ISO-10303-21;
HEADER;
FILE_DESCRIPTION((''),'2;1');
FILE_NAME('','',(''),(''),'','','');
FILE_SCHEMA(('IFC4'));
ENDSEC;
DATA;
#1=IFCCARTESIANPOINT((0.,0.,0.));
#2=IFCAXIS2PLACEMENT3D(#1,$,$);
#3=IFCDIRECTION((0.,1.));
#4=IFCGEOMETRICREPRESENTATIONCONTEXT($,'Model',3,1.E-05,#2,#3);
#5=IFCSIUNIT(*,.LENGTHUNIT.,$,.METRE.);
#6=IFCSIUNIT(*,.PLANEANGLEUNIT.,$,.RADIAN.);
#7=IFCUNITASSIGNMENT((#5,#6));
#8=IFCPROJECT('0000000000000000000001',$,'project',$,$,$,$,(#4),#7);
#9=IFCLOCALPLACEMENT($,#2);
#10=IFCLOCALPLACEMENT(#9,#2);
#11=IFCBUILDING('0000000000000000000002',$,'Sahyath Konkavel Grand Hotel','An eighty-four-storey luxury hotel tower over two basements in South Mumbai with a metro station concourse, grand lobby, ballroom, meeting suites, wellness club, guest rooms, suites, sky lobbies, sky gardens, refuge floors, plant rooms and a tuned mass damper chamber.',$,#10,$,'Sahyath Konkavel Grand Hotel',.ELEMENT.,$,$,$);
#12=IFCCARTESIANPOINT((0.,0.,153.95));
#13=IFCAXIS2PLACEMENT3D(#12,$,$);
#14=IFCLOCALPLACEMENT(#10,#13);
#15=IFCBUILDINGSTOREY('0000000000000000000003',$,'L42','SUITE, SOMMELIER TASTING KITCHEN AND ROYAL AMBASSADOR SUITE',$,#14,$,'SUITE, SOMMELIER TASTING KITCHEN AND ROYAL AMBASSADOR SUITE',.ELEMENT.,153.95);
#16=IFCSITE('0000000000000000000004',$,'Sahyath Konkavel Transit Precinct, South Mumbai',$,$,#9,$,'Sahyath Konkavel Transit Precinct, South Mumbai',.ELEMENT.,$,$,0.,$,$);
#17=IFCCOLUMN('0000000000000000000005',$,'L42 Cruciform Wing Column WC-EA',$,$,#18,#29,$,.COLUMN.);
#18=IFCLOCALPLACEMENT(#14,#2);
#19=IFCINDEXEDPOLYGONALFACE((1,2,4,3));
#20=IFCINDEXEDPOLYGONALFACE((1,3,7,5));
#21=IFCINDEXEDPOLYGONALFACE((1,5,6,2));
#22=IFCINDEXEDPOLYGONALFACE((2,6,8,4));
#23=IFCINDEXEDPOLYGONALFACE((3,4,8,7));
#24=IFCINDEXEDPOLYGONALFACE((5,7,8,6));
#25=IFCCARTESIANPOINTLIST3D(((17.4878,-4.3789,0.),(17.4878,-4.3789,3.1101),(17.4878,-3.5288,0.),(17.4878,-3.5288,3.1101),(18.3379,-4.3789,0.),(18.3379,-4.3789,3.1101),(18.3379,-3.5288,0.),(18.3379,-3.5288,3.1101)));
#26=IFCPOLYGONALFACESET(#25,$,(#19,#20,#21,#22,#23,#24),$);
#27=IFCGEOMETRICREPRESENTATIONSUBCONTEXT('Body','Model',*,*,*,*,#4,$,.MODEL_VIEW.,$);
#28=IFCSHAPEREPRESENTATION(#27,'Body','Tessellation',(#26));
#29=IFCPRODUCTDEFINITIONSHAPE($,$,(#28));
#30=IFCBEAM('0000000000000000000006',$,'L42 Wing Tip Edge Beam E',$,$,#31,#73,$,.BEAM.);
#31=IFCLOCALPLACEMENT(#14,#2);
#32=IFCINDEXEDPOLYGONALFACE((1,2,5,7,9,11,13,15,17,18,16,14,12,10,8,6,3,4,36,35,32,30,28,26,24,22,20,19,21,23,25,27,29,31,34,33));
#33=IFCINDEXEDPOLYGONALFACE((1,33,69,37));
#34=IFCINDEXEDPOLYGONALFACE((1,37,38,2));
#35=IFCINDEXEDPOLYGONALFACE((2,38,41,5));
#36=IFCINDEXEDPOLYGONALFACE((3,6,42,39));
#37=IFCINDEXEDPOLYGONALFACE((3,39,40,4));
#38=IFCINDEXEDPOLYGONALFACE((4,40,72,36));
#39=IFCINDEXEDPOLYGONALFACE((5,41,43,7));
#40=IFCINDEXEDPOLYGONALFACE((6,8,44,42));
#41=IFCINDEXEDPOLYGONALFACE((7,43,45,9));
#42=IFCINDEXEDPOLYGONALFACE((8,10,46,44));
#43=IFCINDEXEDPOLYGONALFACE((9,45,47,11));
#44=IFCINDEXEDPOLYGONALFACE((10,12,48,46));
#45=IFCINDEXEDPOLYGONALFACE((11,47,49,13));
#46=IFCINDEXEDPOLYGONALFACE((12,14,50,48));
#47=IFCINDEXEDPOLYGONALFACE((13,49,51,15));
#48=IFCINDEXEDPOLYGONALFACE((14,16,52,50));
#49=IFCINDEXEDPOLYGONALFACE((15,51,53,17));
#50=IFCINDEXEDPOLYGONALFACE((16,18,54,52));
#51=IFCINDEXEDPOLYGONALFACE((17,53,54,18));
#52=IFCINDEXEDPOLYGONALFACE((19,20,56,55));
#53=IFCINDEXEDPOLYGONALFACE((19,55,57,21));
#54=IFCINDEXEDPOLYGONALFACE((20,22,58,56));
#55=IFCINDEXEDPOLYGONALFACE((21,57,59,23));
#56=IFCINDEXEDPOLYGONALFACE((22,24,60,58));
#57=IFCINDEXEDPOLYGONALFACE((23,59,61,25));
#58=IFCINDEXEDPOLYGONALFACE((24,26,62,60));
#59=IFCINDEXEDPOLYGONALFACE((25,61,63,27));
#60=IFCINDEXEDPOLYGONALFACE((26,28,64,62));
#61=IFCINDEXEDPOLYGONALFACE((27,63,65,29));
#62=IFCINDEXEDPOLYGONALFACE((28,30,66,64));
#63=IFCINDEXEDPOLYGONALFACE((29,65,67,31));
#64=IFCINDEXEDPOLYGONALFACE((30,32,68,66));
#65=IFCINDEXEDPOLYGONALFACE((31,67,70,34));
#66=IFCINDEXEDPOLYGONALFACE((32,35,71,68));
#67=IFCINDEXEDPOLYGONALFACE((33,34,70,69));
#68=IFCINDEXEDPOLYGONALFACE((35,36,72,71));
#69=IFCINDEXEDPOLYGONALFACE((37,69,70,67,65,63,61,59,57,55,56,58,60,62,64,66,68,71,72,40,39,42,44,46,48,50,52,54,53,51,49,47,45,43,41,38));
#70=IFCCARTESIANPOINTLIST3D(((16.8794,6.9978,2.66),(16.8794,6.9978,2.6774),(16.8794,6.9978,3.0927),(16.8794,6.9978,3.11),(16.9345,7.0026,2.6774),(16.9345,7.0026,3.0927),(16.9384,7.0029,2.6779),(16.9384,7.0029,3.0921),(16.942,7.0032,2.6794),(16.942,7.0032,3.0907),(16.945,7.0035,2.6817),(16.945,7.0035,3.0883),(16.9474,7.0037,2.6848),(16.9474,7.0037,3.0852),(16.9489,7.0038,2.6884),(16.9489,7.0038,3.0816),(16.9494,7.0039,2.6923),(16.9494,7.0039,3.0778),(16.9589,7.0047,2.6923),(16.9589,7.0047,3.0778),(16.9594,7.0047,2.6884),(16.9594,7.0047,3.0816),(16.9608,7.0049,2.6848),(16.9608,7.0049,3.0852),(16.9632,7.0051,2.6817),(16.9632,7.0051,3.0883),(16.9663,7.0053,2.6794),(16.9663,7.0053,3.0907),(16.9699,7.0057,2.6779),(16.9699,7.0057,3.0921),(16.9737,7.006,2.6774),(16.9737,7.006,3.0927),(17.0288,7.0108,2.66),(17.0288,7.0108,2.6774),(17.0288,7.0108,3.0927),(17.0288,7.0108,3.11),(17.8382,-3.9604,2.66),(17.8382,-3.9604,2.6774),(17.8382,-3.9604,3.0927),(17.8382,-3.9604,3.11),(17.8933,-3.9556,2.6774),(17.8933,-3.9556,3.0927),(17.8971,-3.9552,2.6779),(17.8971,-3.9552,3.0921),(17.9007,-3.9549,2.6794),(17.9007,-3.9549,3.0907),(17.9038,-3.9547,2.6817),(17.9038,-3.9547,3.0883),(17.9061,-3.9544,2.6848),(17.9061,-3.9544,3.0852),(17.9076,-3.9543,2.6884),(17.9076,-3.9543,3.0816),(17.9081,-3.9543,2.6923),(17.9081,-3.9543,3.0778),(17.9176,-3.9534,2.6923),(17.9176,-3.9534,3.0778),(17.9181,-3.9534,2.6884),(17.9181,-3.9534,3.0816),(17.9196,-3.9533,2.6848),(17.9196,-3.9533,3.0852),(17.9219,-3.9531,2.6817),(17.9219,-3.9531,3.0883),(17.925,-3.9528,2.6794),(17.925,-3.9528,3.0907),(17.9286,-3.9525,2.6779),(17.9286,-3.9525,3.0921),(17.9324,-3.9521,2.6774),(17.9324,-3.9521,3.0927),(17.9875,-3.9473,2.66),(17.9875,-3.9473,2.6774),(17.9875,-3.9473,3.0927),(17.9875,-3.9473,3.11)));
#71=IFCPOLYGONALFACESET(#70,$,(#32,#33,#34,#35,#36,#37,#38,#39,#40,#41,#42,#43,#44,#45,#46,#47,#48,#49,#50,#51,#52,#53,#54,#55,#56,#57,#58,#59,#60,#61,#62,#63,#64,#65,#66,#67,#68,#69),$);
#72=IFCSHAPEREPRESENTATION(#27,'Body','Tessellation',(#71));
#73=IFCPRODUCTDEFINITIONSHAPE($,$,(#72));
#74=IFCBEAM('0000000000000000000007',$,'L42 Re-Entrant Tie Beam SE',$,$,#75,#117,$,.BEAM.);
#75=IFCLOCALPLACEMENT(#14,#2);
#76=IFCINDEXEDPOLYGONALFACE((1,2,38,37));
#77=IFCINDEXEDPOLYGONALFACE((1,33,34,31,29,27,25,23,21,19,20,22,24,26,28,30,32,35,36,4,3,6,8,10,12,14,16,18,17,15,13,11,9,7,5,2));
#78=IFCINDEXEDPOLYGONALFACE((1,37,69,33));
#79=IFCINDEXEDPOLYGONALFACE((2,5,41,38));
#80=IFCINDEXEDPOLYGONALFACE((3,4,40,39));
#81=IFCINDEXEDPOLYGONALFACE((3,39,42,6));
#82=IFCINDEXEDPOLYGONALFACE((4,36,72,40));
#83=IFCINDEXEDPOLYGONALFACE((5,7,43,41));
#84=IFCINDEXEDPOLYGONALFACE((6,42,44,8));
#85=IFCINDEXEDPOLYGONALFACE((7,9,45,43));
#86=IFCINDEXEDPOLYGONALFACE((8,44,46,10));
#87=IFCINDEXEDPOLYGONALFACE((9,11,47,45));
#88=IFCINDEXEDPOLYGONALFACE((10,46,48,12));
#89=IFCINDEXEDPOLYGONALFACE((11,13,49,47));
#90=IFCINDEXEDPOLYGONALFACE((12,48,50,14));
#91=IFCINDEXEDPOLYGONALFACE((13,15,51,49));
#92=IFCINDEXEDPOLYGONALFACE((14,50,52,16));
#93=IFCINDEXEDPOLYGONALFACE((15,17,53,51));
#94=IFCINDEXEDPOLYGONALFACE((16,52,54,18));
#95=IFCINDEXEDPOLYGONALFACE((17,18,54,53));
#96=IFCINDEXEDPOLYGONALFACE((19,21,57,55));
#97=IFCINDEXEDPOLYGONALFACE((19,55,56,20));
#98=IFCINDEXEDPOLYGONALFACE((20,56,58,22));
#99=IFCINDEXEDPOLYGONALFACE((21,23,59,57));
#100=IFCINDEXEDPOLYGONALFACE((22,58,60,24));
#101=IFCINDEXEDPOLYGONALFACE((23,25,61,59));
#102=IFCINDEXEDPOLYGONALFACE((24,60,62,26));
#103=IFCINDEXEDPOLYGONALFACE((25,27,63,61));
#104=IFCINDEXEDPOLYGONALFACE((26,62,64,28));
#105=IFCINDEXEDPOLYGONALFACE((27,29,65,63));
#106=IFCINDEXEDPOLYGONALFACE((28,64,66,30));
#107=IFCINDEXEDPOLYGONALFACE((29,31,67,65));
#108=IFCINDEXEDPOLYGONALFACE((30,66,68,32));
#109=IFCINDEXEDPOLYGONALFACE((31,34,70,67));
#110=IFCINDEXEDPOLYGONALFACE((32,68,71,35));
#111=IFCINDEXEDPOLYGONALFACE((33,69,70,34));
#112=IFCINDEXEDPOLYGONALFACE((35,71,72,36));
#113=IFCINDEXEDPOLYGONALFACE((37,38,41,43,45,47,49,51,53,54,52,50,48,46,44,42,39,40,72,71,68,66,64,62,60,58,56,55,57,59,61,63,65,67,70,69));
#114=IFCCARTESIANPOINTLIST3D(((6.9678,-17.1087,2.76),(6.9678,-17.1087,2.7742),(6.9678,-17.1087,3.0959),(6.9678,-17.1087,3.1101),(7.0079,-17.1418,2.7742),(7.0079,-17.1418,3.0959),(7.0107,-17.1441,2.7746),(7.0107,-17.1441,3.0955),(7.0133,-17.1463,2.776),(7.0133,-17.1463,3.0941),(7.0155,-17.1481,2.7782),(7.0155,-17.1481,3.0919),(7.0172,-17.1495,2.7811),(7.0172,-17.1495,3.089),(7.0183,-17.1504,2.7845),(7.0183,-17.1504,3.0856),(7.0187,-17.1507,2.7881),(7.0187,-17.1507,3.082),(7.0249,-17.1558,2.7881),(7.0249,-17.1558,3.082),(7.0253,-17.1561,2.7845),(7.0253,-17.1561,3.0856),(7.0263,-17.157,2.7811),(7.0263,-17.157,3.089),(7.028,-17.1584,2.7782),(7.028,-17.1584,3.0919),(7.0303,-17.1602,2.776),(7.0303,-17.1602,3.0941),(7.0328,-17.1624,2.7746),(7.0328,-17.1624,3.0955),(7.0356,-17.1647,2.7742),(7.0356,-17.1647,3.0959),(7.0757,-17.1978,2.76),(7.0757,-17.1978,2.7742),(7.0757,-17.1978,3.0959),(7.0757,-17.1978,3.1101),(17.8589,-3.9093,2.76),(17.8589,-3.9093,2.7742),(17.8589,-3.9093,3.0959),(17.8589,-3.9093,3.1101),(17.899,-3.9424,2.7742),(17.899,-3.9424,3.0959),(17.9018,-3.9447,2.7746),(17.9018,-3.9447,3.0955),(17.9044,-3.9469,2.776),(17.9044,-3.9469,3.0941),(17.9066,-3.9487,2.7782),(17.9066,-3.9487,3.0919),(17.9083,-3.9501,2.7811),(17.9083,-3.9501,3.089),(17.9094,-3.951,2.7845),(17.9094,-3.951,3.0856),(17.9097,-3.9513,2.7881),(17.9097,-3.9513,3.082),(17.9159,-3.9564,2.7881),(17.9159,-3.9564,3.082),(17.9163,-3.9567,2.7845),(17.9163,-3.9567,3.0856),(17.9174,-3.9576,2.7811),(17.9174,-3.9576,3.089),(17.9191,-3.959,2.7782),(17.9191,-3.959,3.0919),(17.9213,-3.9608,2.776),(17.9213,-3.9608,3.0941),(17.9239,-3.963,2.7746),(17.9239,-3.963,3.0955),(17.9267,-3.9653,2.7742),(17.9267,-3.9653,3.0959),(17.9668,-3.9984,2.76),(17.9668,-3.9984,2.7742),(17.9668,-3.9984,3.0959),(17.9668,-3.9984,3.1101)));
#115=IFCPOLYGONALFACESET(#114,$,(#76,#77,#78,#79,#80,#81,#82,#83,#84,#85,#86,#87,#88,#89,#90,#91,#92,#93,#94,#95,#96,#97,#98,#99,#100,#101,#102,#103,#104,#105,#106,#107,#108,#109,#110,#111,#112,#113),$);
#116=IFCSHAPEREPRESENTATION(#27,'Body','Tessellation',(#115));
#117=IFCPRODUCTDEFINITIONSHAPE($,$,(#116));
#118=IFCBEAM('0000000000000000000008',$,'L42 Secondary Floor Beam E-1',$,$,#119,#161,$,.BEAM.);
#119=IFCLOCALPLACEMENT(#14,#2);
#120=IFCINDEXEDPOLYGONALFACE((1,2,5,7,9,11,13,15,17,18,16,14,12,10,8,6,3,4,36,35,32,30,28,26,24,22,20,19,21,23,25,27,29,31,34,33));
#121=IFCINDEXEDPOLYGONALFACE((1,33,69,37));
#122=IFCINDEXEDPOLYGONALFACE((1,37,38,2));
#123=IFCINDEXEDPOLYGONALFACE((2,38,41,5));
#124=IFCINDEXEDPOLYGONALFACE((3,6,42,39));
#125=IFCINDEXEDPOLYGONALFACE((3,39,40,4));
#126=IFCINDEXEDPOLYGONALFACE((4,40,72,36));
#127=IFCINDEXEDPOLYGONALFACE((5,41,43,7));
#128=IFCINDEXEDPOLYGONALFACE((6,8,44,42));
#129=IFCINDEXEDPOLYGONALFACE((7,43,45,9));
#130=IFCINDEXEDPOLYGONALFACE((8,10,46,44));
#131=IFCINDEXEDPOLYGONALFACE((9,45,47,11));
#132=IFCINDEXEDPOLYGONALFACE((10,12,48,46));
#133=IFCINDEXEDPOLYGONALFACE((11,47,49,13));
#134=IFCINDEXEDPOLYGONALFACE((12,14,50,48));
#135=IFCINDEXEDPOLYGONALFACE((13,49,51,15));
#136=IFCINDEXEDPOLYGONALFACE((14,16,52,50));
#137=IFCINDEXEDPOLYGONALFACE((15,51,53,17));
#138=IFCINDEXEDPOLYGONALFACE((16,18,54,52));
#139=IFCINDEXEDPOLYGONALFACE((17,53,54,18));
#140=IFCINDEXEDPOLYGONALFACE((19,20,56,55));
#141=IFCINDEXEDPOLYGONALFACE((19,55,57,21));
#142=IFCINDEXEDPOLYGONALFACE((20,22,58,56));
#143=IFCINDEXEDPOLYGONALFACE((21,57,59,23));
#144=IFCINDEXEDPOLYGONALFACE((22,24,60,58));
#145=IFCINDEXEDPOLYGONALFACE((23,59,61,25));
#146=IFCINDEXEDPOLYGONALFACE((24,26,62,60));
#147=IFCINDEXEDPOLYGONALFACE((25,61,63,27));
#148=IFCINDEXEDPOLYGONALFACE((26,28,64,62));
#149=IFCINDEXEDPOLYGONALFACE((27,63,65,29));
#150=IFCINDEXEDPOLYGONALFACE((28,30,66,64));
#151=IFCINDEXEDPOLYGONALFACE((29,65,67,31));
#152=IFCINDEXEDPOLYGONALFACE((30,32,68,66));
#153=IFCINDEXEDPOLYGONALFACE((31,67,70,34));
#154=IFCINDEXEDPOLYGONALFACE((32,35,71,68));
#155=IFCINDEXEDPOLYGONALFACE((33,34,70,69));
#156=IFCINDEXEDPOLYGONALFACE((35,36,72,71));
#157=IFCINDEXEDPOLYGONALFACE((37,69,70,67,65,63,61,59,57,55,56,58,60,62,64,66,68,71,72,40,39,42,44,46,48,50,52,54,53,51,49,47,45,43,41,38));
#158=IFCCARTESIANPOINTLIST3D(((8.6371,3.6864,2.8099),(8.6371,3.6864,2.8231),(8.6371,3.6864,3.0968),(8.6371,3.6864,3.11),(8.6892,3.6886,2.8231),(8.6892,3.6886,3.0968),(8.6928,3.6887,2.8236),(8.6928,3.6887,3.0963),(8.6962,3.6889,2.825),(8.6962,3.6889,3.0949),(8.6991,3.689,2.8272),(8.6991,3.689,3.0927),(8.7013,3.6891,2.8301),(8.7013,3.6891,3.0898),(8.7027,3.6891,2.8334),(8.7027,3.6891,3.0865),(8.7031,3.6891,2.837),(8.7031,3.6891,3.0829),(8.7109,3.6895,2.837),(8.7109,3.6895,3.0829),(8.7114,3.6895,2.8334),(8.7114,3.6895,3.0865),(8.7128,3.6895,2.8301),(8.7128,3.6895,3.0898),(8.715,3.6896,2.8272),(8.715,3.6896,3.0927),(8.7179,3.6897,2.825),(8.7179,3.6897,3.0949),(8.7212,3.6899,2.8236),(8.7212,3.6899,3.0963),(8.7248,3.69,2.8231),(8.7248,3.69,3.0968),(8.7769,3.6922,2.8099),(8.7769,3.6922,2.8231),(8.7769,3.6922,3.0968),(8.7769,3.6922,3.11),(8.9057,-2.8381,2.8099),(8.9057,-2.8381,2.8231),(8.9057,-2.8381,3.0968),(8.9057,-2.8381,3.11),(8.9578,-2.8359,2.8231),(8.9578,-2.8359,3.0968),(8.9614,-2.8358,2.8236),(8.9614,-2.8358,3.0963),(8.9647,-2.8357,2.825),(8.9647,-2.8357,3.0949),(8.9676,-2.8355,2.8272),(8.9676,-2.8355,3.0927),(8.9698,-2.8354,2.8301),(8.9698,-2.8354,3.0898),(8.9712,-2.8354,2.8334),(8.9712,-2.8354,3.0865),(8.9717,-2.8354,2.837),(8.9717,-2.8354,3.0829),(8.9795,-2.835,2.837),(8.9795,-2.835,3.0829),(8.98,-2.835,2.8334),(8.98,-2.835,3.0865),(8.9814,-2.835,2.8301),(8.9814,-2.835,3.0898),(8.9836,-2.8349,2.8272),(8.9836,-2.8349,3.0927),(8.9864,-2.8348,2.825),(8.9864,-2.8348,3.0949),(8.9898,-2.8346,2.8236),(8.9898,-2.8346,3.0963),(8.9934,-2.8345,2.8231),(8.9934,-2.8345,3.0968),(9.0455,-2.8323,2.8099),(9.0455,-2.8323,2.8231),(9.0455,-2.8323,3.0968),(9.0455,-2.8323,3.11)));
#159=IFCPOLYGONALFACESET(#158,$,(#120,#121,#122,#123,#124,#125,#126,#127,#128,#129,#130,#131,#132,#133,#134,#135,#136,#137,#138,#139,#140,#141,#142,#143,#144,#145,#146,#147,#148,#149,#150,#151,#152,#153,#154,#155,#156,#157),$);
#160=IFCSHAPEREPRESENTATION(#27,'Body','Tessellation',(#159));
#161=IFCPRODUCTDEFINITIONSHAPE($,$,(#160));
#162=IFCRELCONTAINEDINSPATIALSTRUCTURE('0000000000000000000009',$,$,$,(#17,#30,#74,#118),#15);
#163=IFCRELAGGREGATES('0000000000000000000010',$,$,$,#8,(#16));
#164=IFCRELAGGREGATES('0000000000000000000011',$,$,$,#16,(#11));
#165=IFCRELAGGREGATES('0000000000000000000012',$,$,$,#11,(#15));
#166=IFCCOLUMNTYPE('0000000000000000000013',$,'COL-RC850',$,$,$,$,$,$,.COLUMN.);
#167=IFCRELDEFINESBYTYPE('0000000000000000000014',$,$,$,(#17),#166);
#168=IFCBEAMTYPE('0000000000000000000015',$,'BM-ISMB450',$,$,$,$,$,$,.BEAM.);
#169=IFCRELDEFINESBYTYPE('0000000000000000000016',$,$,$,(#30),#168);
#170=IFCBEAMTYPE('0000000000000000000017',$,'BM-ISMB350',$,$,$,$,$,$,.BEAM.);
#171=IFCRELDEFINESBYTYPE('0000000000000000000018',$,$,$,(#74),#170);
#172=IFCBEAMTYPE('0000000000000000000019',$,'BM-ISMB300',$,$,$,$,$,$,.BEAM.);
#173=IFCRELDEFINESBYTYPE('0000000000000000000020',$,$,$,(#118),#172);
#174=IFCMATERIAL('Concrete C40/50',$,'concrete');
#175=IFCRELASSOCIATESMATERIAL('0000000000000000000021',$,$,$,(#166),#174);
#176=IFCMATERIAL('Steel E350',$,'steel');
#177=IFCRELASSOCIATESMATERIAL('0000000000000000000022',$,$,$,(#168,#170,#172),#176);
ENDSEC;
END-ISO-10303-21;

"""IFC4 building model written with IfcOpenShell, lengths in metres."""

from ifc_helpers import new_model, si_unit, direction, frame, origin, origin_2d, place, context, subcontext, project, spatial, rectangle, i_section, extrude, source, transform, mapped, material, material_profile, profile_set, type_object, element, save


model = new_model("IFC4")

# Units and contexts
model_context = context("Model", 3, precision=1e-05, world=origin(), true_north=direction((0.0, 1.0)))
body_context = subcontext(model_context, "Body", "Model", "MODEL_VIEW")
ifc_project = project(units=[si_unit("LENGTHUNIT", "METRE"), si_unit("PLANEANGLEUNIT", "RADIAN")], contexts=[model_context])

# Site, building, storey
site_placement = place(None, origin())
site = spatial("IfcSite", under=ifc_project, at=site_placement, Name="Sahyath Konkavel Transit Precinct, South Mumbai", LongName="Sahyath Konkavel Transit Precinct, South Mumbai", CompositionType="ELEMENT", RefElevation=0.0)
building_placement = place(site_placement, origin())
building = spatial("IfcBuilding", under=site, at=building_placement, Name="Sahyath Konkavel Grand Hotel", Description="An eighty-four-storey luxury hotel tower over two basements in South Mumbai with a metro station concourse, grand lobby, ballroom, meeting suites, wellness club, guest rooms, suites, sky lobbies, sky gardens, refuge floors, plant rooms and a tuned mass damper chamber.", LongName="Sahyath Konkavel Grand Hotel", CompositionType="ELEMENT")
storey_placement = place(building_placement, frame((0.0, 0.0, 153.95)))
storey = spatial("IfcBuildingStorey", under=building, at=storey_placement, Name="L42", Description="SUITE, SOMMELIER TASTING KITCHEN AND ROYAL AMBASSADOR SUITE", LongName="SUITE, SOMMELIER TASTING KITCHEN AND ROYAL AMBASSADOR SUITE", CompositionType="ELEMENT", Elevation=153.95)

# Column
ifc_material_1 = material(Name="Concrete C40/50", Category="concrete")
ifc_material_profile_1 = material_profile(ifc_material_1, rectangle(XDim=0.8501, YDim=0.8501, at=origin_2d()), Name="RC 850x850")
ifc_profile_set_1 = profile_set([ifc_material_profile_1], Name="Concrete C40/50")
column_type = type_object("IfcColumnType", Name="COL-RC850", PredefinedType="COLUMN", material=ifc_profile_set_1)
shared_shape_1 = source(origin(), body_context, "Body", "SweptSolid", [
    extrude(rectangle(XDim=0.8501, YDim=0.8501, at=origin_2d()), origin(), (0.0, 0.0, 1.0), 3.1101),
])
column_placement = place(storey_placement, frame((17.9128, -3.9539, 0.0), z_axis=(0.0, 0.0, 1.0), x_axis=(1.0, 0.0, 0.0)))
element("IfcColumn", 1, at=column_placement, inside=storey, type_object=column_type, Name="L42 Cruciform Wing Column WC-EA", PredefinedType="COLUMN", context=body_context, shape_type="MappedRepresentation", body=[
    mapped(shared_shape_1, transform((0.0, 0.0, 0.0), scale=1.0)),
])

# Beams
ifc_material_2 = material(Name="Steel E350", Category="steel")
ifc_material_profile_2 = material_profile(ifc_material_2, i_section(OverallWidth=0.1499, OverallDepth=0.45, WebThickness=0.0095, FlangeThickness=0.0173, FilletRadius=0.0149, at=origin_2d()), Name="ISMB 450")
ifc_profile_set_2 = profile_set([ifc_material_profile_2], Name="Steel E350")
beam_type_1 = type_object("IfcBeamType", Name="BM-ISMB450", PredefinedType="BEAM", material=ifc_profile_set_2)
shared_shape_2 = source(origin(), body_context, "Body", "SweptSolid", [
    extrude(i_section(OverallWidth=0.1499, OverallDepth=0.45, WebThickness=0.0095, FlangeThickness=0.0173, FilletRadius=0.0149, at=origin_2d()), origin(), (0.0, 0.0, 1.0), 11.0),
])
beam_1_placement = place(storey_placement, frame((17.9128, -3.9539, 2.885), z_axis=(-0.087157, 0.996195, 0.0), x_axis=(-0.996195, -0.087157, 0.0)))
element("IfcBeam", 2, at=beam_1_placement, inside=storey, type_object=beam_type_1, Name="L42 Wing Tip Edge Beam E", PredefinedType="BEAM", context=body_context, shape_type="MappedRepresentation", body=[
    mapped(shared_shape_2, transform((0.0, 0.0, 0.0), scale=1.0)),
])
ifc_material_profile_3 = material_profile(ifc_material_2, i_section(OverallWidth=0.1399, OverallDepth=0.3501, WebThickness=0.0081, FlangeThickness=0.0142, FilletRadius=0.0139, at=origin_2d()), Name="ISMB 350")
ifc_profile_set_3 = profile_set([ifc_material_profile_3], Name="Steel E350")
beam_type_2 = type_object("IfcBeamType", Name="BM-ISMB350", PredefinedType="BEAM", material=ifc_profile_set_3)
shared_shape_3 = source(origin(), body_context, "Body", "SweptSolid", [
    extrude(i_section(OverallWidth=0.1399, OverallDepth=0.3501, WebThickness=0.0081, FlangeThickness=0.0142, FilletRadius=0.0139, at=origin_2d()), origin(), (0.0, 0.0, 1.0), 17.1125),
])
beam_2_placement = place(storey_placement, frame((17.9128, -3.9539, 2.9351), z_axis=(-0.636437, -0.771329, 0.0), x_axis=(0.771329, -0.636437, 0.0)))
element("IfcBeam", 3, at=beam_2_placement, inside=storey, type_object=beam_type_2, Name="L42 Re-Entrant Tie Beam SE", PredefinedType="BEAM", context=body_context, shape_type="MappedRepresentation", body=[
    mapped(shared_shape_3, transform((0.0, 0.0, 0.0), scale=1.0)),
])
ifc_material_profile_4 = material_profile(ifc_material_2, i_section(OverallWidth=0.1399, OverallDepth=0.3, WebThickness=0.0078, FlangeThickness=0.0132, FilletRadius=0.0139, at=origin_2d()), Name="ISMB 300")
ifc_profile_set_4 = profile_set([ifc_material_profile_4], Name="Steel E350")
beam_type_3 = type_object("IfcBeamType", Name="BM-ISMB300", PredefinedType="BEAM", material=ifc_profile_set_4)
shared_shape_4 = source(origin(), body_context, "Body", "SweptSolid", [
    extrude(i_section(OverallWidth=0.1399, OverallDepth=0.3, WebThickness=0.0078, FlangeThickness=0.0132, FilletRadius=0.0139, at=origin_2d()), origin(), (0.0, 0.0, 1.0), 6.53),
])
beam_3_placement = place(storey_placement, frame((8.9756, -2.8352, 2.96), z_axis=(-0.041127, 0.999154, 0.0), x_axis=(-0.999154, -0.041127, 0.0)))
element("IfcBeam", 4, at=beam_3_placement, inside=storey, type_object=beam_type_3, Name="L42 Secondary Floor Beam E-1", PredefinedType="BEAM", context=body_context, shape_type="MappedRepresentation", body=[
    mapped(shared_shape_4, transform((0.0, 0.0, 0.0), scale=1.0)),
])

save(model, "model.ifc")
